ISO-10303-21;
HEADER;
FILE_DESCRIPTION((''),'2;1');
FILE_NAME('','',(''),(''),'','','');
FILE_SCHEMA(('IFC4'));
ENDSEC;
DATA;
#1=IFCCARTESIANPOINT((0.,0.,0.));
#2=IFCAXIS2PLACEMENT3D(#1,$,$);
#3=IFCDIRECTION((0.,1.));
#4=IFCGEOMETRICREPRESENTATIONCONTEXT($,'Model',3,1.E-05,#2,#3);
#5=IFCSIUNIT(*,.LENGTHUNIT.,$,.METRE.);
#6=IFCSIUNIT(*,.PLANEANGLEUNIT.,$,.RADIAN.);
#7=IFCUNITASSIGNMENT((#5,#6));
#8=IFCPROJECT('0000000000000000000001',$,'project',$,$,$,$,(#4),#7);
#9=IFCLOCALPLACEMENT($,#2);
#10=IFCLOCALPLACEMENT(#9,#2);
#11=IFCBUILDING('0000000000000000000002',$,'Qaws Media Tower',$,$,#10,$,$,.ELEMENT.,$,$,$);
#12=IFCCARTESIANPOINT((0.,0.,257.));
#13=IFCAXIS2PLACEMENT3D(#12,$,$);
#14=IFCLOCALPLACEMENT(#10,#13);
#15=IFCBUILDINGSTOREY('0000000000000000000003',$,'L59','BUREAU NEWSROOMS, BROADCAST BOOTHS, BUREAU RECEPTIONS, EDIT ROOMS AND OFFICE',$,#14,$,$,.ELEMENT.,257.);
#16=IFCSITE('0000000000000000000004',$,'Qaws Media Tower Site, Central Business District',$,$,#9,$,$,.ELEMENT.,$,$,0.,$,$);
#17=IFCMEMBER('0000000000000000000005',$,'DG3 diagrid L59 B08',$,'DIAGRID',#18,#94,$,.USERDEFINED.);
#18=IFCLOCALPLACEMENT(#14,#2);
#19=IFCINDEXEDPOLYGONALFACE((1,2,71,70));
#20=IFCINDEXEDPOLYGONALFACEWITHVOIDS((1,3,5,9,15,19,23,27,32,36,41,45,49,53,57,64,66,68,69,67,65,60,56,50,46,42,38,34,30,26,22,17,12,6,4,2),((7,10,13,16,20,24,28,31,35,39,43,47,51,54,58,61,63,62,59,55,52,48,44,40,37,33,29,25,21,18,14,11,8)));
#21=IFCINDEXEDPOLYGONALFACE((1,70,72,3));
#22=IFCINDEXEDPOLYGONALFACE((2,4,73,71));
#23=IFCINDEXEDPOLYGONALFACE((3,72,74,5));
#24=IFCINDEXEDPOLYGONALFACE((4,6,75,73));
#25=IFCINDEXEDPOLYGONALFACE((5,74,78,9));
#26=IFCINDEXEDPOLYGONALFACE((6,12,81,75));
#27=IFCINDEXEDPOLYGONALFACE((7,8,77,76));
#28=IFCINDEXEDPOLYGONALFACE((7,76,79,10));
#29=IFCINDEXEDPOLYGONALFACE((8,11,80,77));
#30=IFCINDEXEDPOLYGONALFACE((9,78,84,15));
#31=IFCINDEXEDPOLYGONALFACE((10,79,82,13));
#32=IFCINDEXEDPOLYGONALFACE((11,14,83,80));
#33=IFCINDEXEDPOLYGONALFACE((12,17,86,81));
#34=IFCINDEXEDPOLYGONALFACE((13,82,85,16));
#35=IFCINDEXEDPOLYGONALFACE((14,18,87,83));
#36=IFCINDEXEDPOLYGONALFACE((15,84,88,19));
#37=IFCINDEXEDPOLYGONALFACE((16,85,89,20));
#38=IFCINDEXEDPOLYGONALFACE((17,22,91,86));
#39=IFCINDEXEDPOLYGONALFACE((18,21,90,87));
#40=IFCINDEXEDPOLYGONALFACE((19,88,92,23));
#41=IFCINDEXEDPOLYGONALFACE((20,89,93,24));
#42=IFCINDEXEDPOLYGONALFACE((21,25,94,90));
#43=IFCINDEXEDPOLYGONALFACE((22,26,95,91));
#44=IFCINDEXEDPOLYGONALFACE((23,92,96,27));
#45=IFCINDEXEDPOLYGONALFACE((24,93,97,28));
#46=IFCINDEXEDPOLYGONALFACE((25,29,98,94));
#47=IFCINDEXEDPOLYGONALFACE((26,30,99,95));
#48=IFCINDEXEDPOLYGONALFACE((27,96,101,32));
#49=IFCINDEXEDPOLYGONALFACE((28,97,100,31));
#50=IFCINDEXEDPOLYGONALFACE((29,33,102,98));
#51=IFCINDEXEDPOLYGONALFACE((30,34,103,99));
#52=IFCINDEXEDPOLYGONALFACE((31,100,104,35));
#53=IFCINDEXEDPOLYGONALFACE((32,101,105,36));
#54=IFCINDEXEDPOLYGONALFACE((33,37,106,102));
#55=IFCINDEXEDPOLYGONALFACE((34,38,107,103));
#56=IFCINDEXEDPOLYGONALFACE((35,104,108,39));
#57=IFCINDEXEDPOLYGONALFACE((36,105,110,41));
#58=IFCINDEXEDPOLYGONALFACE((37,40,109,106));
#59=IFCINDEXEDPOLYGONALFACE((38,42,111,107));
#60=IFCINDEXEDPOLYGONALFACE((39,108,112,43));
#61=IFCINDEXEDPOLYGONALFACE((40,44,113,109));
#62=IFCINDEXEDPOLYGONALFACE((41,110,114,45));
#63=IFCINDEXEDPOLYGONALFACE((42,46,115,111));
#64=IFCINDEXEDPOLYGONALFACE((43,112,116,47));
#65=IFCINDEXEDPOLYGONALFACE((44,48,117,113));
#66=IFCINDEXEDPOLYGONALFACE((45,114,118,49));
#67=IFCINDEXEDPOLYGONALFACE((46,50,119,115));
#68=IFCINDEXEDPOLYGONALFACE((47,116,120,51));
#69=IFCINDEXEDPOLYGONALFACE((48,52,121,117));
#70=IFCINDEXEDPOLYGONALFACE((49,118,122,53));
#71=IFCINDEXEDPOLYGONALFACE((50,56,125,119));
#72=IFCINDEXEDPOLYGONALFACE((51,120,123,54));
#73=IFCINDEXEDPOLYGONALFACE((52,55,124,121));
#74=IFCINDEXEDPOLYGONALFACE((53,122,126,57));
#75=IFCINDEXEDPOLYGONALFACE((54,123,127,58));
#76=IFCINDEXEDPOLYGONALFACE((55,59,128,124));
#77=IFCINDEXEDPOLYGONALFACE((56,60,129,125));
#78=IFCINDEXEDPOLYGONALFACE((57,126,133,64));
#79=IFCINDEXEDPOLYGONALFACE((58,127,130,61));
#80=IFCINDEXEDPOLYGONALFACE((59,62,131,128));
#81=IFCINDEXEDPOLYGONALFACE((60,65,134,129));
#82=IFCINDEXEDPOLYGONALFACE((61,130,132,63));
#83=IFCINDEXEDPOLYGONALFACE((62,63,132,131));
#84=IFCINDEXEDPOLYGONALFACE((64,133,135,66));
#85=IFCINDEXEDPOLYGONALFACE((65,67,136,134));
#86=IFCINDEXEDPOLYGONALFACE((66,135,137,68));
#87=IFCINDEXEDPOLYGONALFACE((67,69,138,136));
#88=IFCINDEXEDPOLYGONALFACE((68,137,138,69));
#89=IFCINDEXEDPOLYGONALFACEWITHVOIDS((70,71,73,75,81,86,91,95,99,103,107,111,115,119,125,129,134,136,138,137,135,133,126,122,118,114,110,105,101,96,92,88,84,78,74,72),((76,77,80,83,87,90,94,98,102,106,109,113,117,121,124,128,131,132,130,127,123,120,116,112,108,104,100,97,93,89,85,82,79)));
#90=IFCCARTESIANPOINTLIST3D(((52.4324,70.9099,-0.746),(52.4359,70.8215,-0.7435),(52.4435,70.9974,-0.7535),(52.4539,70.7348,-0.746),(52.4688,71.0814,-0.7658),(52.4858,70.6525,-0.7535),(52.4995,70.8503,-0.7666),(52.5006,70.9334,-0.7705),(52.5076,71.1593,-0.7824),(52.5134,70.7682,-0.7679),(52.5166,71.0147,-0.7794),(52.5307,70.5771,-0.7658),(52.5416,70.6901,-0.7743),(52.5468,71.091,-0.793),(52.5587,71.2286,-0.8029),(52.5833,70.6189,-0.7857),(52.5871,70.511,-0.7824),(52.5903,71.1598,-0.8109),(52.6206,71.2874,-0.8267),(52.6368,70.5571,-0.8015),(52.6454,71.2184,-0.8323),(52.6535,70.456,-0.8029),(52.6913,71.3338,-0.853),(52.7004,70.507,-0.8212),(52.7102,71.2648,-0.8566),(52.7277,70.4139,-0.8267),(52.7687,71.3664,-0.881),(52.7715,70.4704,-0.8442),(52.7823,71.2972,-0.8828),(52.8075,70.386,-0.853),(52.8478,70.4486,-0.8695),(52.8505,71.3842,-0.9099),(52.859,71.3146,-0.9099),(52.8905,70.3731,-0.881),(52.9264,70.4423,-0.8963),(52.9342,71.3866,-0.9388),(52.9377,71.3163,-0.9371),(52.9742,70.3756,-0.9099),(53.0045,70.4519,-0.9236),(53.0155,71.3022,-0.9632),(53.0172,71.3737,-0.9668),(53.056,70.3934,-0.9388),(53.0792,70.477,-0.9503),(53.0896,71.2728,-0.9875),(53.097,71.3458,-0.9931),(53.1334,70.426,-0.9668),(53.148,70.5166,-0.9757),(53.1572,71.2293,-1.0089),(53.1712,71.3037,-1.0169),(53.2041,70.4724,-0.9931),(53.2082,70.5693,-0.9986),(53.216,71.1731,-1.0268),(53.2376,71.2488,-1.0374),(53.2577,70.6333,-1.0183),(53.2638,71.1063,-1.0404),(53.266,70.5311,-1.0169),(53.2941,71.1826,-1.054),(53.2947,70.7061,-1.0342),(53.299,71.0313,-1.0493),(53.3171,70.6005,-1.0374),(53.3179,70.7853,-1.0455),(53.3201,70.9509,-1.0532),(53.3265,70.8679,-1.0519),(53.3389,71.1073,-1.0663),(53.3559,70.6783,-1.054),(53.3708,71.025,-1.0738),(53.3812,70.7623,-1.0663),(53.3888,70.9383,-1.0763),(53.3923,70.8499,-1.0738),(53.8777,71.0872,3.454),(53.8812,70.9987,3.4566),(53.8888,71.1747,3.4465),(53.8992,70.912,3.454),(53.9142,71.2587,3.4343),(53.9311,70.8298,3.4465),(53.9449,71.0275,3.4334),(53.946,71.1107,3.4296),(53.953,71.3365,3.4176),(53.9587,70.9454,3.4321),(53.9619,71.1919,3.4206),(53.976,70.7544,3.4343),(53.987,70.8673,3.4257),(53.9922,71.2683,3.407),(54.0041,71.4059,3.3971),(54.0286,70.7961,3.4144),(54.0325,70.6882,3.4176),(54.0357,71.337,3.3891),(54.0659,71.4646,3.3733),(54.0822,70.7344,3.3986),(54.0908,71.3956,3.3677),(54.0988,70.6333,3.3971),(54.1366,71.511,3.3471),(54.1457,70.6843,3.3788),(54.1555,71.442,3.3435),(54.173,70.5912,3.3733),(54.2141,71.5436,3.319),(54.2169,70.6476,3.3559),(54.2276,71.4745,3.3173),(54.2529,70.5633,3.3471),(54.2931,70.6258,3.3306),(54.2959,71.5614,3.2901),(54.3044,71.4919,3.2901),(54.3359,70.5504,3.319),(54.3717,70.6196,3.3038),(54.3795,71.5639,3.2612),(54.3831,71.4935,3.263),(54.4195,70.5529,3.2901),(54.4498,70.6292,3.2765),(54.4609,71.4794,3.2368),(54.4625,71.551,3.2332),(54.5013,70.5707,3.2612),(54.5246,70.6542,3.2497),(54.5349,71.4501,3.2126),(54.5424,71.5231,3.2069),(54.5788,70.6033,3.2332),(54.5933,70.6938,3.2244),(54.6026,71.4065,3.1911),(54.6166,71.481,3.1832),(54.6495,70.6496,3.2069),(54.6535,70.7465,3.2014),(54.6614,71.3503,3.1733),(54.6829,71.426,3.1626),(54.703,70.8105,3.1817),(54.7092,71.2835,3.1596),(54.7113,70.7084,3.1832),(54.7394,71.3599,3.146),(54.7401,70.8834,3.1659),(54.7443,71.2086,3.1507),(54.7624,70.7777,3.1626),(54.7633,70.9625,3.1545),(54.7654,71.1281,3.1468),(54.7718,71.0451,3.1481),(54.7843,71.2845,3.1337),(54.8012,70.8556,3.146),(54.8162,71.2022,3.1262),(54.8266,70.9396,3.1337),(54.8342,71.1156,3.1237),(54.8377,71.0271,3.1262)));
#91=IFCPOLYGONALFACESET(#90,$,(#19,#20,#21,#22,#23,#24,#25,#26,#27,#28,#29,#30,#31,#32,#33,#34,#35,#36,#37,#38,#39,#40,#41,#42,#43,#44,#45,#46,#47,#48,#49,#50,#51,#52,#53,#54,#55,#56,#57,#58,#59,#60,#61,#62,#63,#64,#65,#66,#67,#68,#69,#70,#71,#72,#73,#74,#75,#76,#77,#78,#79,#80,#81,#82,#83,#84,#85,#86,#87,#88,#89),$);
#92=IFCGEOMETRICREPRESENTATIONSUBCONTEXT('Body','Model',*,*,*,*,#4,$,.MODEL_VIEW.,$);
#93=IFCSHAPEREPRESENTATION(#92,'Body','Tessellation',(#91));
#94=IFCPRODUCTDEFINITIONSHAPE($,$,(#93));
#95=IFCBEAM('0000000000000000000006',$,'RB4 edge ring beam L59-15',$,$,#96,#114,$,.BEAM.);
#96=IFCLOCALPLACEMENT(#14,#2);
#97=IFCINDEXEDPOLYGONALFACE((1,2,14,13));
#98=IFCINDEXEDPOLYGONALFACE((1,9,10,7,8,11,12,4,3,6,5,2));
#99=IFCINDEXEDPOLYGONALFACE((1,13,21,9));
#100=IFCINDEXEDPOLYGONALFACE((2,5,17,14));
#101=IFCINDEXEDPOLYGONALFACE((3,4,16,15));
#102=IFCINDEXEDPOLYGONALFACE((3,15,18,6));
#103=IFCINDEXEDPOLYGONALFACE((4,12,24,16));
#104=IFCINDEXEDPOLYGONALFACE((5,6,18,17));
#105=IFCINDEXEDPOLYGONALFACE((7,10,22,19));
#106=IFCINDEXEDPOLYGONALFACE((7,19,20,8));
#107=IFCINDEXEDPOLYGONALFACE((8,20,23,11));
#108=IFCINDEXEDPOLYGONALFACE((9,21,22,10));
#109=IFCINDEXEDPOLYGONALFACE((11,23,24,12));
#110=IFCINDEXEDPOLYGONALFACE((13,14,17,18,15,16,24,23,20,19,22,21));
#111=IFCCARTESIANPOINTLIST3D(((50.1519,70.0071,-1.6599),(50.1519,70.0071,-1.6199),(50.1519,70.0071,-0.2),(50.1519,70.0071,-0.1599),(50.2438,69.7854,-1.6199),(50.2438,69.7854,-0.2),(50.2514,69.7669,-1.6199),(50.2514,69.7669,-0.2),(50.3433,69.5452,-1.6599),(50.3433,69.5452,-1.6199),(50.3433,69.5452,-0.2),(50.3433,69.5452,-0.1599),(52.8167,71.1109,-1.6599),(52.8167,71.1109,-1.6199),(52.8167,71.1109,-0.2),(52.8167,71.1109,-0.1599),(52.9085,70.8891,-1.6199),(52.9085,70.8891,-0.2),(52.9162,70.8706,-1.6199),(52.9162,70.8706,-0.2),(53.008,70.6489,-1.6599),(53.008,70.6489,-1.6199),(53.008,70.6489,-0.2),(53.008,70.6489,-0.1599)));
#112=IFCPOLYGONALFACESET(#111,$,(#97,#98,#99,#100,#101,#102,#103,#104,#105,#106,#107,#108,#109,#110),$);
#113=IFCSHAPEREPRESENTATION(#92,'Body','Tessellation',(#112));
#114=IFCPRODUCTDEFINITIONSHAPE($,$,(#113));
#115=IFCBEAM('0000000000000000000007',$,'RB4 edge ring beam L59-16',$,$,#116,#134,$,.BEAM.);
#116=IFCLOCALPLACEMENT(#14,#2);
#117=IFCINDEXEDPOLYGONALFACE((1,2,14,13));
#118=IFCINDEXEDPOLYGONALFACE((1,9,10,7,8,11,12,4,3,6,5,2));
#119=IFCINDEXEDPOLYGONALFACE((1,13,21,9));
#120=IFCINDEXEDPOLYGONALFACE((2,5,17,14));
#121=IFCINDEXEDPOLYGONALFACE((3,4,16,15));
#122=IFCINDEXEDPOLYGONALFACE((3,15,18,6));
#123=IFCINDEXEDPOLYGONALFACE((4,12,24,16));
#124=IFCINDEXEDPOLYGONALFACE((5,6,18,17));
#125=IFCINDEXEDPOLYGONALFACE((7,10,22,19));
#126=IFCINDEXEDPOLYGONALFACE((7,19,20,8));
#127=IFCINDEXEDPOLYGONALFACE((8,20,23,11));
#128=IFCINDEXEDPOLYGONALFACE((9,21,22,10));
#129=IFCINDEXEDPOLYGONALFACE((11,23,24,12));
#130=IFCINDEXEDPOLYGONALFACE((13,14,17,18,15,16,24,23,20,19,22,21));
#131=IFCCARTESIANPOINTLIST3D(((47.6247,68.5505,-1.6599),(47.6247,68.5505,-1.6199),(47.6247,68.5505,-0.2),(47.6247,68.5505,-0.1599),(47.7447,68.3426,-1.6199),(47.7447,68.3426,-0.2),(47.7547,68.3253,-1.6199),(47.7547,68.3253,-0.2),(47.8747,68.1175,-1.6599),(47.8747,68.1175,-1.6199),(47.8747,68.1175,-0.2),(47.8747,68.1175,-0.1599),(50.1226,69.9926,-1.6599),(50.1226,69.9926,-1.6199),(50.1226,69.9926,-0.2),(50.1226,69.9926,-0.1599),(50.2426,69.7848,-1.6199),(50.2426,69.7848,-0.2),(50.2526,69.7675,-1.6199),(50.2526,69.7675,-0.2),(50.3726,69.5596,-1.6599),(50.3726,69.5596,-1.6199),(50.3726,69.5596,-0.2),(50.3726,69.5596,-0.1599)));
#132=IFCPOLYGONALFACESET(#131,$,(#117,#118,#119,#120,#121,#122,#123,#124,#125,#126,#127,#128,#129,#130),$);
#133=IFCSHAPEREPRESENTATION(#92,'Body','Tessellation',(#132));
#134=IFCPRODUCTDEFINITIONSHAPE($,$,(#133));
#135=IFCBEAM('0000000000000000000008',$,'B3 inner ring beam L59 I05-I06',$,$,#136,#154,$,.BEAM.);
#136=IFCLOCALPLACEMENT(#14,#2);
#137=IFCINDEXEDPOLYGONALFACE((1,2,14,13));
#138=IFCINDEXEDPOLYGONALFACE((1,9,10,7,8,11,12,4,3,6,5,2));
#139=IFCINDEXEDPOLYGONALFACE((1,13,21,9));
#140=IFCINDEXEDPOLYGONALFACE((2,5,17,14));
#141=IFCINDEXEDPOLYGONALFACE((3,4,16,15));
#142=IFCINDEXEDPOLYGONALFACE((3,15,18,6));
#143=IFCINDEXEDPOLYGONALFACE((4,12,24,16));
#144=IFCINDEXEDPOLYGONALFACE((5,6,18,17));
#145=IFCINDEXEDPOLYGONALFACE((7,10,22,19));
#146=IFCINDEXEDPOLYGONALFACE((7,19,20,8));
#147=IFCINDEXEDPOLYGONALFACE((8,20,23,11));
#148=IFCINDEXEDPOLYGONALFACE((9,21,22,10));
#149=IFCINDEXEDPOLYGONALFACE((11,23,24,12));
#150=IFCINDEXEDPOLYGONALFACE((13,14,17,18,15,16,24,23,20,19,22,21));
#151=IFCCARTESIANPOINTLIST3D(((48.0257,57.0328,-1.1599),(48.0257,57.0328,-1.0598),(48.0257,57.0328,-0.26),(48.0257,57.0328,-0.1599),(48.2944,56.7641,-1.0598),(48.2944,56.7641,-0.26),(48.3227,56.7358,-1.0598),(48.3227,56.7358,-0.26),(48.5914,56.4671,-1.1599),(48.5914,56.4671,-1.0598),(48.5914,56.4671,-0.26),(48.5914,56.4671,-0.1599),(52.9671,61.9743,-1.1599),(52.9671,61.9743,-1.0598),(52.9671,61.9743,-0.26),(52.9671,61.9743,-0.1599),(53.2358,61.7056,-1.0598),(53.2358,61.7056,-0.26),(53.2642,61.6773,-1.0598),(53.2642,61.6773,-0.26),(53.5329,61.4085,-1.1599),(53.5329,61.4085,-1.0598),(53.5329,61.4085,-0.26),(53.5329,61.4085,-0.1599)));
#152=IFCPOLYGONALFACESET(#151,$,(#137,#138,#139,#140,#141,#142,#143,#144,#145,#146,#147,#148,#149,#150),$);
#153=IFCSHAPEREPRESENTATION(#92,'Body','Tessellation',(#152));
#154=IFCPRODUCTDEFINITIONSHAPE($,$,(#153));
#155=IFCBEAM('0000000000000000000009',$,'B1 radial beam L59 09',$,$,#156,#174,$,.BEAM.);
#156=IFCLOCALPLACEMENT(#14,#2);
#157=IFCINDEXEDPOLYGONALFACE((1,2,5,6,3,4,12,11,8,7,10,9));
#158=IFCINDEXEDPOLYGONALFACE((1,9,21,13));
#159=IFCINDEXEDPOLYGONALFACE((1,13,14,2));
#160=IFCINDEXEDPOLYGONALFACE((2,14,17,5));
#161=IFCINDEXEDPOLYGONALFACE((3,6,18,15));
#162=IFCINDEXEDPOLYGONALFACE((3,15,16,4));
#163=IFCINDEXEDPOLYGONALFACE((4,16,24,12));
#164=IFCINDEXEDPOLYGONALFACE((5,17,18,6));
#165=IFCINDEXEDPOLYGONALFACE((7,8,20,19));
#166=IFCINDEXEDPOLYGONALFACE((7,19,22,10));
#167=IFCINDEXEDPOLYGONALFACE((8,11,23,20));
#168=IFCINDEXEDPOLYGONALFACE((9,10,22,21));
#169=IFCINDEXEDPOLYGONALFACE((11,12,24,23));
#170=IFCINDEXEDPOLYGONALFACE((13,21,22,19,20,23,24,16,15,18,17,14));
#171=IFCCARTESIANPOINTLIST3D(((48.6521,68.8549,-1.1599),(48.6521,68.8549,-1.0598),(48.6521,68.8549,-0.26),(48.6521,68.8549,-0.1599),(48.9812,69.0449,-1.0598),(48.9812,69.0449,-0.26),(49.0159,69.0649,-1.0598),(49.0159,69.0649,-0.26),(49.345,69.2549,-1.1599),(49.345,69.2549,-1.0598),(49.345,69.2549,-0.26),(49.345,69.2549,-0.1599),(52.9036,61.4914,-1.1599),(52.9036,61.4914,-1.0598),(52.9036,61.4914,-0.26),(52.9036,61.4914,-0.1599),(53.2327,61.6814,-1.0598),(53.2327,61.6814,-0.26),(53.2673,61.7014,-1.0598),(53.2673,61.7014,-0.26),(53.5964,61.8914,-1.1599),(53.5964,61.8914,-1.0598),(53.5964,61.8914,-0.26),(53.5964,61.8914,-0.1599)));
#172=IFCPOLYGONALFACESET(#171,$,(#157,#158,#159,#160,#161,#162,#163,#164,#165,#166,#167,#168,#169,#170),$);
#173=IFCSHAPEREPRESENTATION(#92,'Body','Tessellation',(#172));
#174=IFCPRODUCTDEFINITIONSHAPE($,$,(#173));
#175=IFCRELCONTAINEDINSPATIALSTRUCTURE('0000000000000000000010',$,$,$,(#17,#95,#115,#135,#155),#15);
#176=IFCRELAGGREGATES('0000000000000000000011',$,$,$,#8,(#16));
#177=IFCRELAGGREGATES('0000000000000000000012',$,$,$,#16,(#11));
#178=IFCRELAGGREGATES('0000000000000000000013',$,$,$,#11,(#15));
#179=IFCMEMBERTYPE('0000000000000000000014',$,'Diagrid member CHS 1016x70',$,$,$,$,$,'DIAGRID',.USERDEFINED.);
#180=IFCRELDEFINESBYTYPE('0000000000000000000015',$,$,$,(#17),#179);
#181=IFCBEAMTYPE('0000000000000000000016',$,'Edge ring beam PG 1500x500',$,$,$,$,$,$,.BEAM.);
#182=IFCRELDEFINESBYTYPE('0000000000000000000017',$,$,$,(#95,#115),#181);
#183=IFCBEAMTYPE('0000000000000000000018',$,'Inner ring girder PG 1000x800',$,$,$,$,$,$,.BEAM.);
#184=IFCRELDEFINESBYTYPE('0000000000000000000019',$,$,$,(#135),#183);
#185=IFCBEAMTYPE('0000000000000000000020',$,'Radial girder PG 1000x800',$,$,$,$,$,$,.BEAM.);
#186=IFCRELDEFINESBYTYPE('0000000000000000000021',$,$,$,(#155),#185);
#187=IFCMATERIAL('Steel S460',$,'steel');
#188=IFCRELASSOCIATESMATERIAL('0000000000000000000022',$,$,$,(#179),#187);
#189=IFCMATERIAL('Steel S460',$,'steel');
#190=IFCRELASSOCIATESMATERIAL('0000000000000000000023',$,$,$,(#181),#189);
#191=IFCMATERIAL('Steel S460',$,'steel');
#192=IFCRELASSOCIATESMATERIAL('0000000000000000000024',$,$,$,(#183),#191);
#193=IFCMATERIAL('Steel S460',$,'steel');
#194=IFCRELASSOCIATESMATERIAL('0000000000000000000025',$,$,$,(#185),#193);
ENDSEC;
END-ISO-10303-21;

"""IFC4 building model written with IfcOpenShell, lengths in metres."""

from ifc_helpers import new_model, si_unit, direction, frame, origin, origin_2d, place, context, subcontext, project, spatial, hollow_circle, i_section, extrude, material, material_profile, profile_set, type_object, element, save


model = new_model("IFC4")

# Units and contexts
model_context = context("Model", 3, precision=1e-05, world=origin(), true_north=direction((0.0, 1.0)))
body_context = subcontext(model_context, "Body", "Model", "MODEL_VIEW")
ifc_project = project(units=[si_unit("LENGTHUNIT", "METRE"), si_unit("PLANEANGLEUNIT", "RADIAN")], contexts=[model_context])

# Site, building, storey
site_placement = place(None, origin())
site = spatial("IfcSite", under=ifc_project, at=site_placement, Name="Qaws Media Tower Site, Central Business District", CompositionType="ELEMENT", RefElevation=0.0)
building_placement = place(site_placement, origin())
building = spatial("IfcBuilding", under=site, at=building_placement, Name="Qaws Media Tower", CompositionType="ELEMENT")
storey_placement = place(building_placement, frame((0.0, 0.0, 257.0)))
storey = spatial("IfcBuildingStorey", under=building, at=storey_placement, Name="L59", Description="BUREAU NEWSROOMS, BROADCAST BOOTHS, BUREAU RECEPTIONS, EDIT ROOMS AND OFFICE", CompositionType="ELEMENT", Elevation=257.0)

# Member
ifc_material_1 = material(Name="Steel S460", Category="steel")
ifc_material_profile_1 = material_profile(ifc_material_1, hollow_circle(Radius=0.5081, WallThickness=0.0701, at=origin_2d()), Name="CHS 1016x70")
ifc_profile_set_1 = profile_set([ifc_material_profile_1], Name="Steel S460")
member_type_1 = type_object("IfcMemberType", Name="Diagrid member CHS 1016x70", ElementType="DIAGRID", PredefinedType="USERDEFINED", material=ifc_profile_set_1)
for number, where, z_axis, x_axis, name in (
    (1, (52.9124, 70.8799, -0.9099), (0.325139, 0.039873, 0.944825), (-0.121723, 0.992564, 0.0), "DG3 diagrid L59 B08"),
):
    element("IfcMember", number, at=place(storey_placement, frame(where, z_axis=z_axis, x_axis=x_axis)), inside=storey, type_object=member_type_1, Name=name, ObjectType="DIAGRID", PredefinedType="USERDEFINED", context=body_context, shape_type="SweptSolid", body=[
        extrude(hollow_circle(Radius=0.5081, WallThickness=0.0701, at=origin_2d()), origin(), (0.0, 0.0, 1.0), 4.4453),
    ])

# Beams
ifc_material_2 = material(Name="Steel S460", Category="steel")
ifc_material_profile_2 = material_profile(ifc_material_2, i_section(OverallWidth=0.5, OverallDepth=1.5, WebThickness=0.02, FlangeThickness=0.04, at=origin_2d()), Name="PG 1500x500")
ifc_profile_set_2 = profile_set([ifc_material_profile_2], Name="Steel S460")
beam_type_1 = type_object("IfcBeamType", Name="Edge ring beam PG 1500x500", PredefinedType="BEAM", material=ifc_profile_set_2)
for number, where, z_axis, x_axis, name in (
    (2, (52.9124, 70.8799, -0.9099), (-0.923884, -0.382673, 0.0), (0.382673, -0.923884, 0.0), "RB4 edge ring beam L59-15"),
    (3, (50.2476, 69.7761, -0.9099), (-0.866021, -0.500008, 0.0), (0.500008, -0.866021, 0.0), "RB4 edge ring beam L59-16"),
):
    element("IfcBeam", number, at=place(storey_placement, frame(where, z_axis=z_axis, x_axis=x_axis)), inside=storey, type_object=beam_type_1, Name=name, PredefinedType="BEAM", context=body_context, shape_type="SweptSolid", body=[
        extrude(i_section(OverallWidth=0.5, OverallDepth=1.5, WebThickness=0.02, FlangeThickness=0.04, at=origin_2d()), origin(), (0.0, 0.0, 1.0), 2.8843),
    ])
ifc_material_3 = material(Name="Steel S460", Category="steel")
ifc_material_profile_3 = material_profile(ifc_material_3, i_section(OverallWidth=0.8, OverallDepth=1.0, WebThickness=0.04, FlangeThickness=0.1001, at=origin_2d()), Name="PG 1000x800")
ifc_profile_set_3 = profile_set([ifc_material_profile_3], Name="Steel S460")
beam_type_2 = type_object("IfcBeamType", Name="Inner ring girder PG 1000x800", PredefinedType="BEAM", material=ifc_profile_set_3)
beam_1_placement = place(storey_placement, frame((53.25, 61.6914, -0.6599), z_axis=(-0.707107, -0.707107, 0.0), x_axis=(0.707107, -0.707107, 0.0)))
element("IfcBeam", 4, at=beam_1_placement, inside=storey, type_object=beam_type_2, Name="B3 inner ring beam L59 I05-I06", PredefinedType="BEAM", context=body_context, shape_type="SweptSolid", body=[
    extrude(i_section(OverallWidth=0.8, OverallDepth=1.0, WebThickness=0.04, FlangeThickness=0.1001, at=origin_2d()), origin(), (0.0, 0.0, 1.0), 6.9883),
])
ifc_material_4 = material(Name="Steel S460", Category="steel")
ifc_material_profile_4 = material_profile(ifc_material_4, i_section(OverallWidth=0.8, OverallDepth=1.0, WebThickness=0.04, FlangeThickness=0.1001, at=origin_2d()), Name="PG 1000x800")
ifc_profile_set_4 = profile_set([ifc_material_profile_4], Name="Steel S460")
beam_type_3 = type_object("IfcBeamType", Name="Radial girder PG 1000x800", PredefinedType="BEAM", material=ifc_profile_set_4)
beam_2_placement = place(storey_placement, frame((53.25, 61.6914, -0.6599), z_axis=(-0.500012, 0.866019, 0.0), x_axis=(-0.866019, -0.500012, 0.0)))
element("IfcBeam", 5, at=beam_2_placement, inside=storey, type_object=beam_type_3, Name="B1 radial beam L59 09", PredefinedType="BEAM", context=body_context, shape_type="SweptSolid", body=[
    extrude(i_section(OverallWidth=0.8, OverallDepth=1.0, WebThickness=0.04, FlangeThickness=0.1001, at=origin_2d()), origin(), (0.0, 0.0, 1.0), 8.5027),
])

save(model, "model.ifc")
